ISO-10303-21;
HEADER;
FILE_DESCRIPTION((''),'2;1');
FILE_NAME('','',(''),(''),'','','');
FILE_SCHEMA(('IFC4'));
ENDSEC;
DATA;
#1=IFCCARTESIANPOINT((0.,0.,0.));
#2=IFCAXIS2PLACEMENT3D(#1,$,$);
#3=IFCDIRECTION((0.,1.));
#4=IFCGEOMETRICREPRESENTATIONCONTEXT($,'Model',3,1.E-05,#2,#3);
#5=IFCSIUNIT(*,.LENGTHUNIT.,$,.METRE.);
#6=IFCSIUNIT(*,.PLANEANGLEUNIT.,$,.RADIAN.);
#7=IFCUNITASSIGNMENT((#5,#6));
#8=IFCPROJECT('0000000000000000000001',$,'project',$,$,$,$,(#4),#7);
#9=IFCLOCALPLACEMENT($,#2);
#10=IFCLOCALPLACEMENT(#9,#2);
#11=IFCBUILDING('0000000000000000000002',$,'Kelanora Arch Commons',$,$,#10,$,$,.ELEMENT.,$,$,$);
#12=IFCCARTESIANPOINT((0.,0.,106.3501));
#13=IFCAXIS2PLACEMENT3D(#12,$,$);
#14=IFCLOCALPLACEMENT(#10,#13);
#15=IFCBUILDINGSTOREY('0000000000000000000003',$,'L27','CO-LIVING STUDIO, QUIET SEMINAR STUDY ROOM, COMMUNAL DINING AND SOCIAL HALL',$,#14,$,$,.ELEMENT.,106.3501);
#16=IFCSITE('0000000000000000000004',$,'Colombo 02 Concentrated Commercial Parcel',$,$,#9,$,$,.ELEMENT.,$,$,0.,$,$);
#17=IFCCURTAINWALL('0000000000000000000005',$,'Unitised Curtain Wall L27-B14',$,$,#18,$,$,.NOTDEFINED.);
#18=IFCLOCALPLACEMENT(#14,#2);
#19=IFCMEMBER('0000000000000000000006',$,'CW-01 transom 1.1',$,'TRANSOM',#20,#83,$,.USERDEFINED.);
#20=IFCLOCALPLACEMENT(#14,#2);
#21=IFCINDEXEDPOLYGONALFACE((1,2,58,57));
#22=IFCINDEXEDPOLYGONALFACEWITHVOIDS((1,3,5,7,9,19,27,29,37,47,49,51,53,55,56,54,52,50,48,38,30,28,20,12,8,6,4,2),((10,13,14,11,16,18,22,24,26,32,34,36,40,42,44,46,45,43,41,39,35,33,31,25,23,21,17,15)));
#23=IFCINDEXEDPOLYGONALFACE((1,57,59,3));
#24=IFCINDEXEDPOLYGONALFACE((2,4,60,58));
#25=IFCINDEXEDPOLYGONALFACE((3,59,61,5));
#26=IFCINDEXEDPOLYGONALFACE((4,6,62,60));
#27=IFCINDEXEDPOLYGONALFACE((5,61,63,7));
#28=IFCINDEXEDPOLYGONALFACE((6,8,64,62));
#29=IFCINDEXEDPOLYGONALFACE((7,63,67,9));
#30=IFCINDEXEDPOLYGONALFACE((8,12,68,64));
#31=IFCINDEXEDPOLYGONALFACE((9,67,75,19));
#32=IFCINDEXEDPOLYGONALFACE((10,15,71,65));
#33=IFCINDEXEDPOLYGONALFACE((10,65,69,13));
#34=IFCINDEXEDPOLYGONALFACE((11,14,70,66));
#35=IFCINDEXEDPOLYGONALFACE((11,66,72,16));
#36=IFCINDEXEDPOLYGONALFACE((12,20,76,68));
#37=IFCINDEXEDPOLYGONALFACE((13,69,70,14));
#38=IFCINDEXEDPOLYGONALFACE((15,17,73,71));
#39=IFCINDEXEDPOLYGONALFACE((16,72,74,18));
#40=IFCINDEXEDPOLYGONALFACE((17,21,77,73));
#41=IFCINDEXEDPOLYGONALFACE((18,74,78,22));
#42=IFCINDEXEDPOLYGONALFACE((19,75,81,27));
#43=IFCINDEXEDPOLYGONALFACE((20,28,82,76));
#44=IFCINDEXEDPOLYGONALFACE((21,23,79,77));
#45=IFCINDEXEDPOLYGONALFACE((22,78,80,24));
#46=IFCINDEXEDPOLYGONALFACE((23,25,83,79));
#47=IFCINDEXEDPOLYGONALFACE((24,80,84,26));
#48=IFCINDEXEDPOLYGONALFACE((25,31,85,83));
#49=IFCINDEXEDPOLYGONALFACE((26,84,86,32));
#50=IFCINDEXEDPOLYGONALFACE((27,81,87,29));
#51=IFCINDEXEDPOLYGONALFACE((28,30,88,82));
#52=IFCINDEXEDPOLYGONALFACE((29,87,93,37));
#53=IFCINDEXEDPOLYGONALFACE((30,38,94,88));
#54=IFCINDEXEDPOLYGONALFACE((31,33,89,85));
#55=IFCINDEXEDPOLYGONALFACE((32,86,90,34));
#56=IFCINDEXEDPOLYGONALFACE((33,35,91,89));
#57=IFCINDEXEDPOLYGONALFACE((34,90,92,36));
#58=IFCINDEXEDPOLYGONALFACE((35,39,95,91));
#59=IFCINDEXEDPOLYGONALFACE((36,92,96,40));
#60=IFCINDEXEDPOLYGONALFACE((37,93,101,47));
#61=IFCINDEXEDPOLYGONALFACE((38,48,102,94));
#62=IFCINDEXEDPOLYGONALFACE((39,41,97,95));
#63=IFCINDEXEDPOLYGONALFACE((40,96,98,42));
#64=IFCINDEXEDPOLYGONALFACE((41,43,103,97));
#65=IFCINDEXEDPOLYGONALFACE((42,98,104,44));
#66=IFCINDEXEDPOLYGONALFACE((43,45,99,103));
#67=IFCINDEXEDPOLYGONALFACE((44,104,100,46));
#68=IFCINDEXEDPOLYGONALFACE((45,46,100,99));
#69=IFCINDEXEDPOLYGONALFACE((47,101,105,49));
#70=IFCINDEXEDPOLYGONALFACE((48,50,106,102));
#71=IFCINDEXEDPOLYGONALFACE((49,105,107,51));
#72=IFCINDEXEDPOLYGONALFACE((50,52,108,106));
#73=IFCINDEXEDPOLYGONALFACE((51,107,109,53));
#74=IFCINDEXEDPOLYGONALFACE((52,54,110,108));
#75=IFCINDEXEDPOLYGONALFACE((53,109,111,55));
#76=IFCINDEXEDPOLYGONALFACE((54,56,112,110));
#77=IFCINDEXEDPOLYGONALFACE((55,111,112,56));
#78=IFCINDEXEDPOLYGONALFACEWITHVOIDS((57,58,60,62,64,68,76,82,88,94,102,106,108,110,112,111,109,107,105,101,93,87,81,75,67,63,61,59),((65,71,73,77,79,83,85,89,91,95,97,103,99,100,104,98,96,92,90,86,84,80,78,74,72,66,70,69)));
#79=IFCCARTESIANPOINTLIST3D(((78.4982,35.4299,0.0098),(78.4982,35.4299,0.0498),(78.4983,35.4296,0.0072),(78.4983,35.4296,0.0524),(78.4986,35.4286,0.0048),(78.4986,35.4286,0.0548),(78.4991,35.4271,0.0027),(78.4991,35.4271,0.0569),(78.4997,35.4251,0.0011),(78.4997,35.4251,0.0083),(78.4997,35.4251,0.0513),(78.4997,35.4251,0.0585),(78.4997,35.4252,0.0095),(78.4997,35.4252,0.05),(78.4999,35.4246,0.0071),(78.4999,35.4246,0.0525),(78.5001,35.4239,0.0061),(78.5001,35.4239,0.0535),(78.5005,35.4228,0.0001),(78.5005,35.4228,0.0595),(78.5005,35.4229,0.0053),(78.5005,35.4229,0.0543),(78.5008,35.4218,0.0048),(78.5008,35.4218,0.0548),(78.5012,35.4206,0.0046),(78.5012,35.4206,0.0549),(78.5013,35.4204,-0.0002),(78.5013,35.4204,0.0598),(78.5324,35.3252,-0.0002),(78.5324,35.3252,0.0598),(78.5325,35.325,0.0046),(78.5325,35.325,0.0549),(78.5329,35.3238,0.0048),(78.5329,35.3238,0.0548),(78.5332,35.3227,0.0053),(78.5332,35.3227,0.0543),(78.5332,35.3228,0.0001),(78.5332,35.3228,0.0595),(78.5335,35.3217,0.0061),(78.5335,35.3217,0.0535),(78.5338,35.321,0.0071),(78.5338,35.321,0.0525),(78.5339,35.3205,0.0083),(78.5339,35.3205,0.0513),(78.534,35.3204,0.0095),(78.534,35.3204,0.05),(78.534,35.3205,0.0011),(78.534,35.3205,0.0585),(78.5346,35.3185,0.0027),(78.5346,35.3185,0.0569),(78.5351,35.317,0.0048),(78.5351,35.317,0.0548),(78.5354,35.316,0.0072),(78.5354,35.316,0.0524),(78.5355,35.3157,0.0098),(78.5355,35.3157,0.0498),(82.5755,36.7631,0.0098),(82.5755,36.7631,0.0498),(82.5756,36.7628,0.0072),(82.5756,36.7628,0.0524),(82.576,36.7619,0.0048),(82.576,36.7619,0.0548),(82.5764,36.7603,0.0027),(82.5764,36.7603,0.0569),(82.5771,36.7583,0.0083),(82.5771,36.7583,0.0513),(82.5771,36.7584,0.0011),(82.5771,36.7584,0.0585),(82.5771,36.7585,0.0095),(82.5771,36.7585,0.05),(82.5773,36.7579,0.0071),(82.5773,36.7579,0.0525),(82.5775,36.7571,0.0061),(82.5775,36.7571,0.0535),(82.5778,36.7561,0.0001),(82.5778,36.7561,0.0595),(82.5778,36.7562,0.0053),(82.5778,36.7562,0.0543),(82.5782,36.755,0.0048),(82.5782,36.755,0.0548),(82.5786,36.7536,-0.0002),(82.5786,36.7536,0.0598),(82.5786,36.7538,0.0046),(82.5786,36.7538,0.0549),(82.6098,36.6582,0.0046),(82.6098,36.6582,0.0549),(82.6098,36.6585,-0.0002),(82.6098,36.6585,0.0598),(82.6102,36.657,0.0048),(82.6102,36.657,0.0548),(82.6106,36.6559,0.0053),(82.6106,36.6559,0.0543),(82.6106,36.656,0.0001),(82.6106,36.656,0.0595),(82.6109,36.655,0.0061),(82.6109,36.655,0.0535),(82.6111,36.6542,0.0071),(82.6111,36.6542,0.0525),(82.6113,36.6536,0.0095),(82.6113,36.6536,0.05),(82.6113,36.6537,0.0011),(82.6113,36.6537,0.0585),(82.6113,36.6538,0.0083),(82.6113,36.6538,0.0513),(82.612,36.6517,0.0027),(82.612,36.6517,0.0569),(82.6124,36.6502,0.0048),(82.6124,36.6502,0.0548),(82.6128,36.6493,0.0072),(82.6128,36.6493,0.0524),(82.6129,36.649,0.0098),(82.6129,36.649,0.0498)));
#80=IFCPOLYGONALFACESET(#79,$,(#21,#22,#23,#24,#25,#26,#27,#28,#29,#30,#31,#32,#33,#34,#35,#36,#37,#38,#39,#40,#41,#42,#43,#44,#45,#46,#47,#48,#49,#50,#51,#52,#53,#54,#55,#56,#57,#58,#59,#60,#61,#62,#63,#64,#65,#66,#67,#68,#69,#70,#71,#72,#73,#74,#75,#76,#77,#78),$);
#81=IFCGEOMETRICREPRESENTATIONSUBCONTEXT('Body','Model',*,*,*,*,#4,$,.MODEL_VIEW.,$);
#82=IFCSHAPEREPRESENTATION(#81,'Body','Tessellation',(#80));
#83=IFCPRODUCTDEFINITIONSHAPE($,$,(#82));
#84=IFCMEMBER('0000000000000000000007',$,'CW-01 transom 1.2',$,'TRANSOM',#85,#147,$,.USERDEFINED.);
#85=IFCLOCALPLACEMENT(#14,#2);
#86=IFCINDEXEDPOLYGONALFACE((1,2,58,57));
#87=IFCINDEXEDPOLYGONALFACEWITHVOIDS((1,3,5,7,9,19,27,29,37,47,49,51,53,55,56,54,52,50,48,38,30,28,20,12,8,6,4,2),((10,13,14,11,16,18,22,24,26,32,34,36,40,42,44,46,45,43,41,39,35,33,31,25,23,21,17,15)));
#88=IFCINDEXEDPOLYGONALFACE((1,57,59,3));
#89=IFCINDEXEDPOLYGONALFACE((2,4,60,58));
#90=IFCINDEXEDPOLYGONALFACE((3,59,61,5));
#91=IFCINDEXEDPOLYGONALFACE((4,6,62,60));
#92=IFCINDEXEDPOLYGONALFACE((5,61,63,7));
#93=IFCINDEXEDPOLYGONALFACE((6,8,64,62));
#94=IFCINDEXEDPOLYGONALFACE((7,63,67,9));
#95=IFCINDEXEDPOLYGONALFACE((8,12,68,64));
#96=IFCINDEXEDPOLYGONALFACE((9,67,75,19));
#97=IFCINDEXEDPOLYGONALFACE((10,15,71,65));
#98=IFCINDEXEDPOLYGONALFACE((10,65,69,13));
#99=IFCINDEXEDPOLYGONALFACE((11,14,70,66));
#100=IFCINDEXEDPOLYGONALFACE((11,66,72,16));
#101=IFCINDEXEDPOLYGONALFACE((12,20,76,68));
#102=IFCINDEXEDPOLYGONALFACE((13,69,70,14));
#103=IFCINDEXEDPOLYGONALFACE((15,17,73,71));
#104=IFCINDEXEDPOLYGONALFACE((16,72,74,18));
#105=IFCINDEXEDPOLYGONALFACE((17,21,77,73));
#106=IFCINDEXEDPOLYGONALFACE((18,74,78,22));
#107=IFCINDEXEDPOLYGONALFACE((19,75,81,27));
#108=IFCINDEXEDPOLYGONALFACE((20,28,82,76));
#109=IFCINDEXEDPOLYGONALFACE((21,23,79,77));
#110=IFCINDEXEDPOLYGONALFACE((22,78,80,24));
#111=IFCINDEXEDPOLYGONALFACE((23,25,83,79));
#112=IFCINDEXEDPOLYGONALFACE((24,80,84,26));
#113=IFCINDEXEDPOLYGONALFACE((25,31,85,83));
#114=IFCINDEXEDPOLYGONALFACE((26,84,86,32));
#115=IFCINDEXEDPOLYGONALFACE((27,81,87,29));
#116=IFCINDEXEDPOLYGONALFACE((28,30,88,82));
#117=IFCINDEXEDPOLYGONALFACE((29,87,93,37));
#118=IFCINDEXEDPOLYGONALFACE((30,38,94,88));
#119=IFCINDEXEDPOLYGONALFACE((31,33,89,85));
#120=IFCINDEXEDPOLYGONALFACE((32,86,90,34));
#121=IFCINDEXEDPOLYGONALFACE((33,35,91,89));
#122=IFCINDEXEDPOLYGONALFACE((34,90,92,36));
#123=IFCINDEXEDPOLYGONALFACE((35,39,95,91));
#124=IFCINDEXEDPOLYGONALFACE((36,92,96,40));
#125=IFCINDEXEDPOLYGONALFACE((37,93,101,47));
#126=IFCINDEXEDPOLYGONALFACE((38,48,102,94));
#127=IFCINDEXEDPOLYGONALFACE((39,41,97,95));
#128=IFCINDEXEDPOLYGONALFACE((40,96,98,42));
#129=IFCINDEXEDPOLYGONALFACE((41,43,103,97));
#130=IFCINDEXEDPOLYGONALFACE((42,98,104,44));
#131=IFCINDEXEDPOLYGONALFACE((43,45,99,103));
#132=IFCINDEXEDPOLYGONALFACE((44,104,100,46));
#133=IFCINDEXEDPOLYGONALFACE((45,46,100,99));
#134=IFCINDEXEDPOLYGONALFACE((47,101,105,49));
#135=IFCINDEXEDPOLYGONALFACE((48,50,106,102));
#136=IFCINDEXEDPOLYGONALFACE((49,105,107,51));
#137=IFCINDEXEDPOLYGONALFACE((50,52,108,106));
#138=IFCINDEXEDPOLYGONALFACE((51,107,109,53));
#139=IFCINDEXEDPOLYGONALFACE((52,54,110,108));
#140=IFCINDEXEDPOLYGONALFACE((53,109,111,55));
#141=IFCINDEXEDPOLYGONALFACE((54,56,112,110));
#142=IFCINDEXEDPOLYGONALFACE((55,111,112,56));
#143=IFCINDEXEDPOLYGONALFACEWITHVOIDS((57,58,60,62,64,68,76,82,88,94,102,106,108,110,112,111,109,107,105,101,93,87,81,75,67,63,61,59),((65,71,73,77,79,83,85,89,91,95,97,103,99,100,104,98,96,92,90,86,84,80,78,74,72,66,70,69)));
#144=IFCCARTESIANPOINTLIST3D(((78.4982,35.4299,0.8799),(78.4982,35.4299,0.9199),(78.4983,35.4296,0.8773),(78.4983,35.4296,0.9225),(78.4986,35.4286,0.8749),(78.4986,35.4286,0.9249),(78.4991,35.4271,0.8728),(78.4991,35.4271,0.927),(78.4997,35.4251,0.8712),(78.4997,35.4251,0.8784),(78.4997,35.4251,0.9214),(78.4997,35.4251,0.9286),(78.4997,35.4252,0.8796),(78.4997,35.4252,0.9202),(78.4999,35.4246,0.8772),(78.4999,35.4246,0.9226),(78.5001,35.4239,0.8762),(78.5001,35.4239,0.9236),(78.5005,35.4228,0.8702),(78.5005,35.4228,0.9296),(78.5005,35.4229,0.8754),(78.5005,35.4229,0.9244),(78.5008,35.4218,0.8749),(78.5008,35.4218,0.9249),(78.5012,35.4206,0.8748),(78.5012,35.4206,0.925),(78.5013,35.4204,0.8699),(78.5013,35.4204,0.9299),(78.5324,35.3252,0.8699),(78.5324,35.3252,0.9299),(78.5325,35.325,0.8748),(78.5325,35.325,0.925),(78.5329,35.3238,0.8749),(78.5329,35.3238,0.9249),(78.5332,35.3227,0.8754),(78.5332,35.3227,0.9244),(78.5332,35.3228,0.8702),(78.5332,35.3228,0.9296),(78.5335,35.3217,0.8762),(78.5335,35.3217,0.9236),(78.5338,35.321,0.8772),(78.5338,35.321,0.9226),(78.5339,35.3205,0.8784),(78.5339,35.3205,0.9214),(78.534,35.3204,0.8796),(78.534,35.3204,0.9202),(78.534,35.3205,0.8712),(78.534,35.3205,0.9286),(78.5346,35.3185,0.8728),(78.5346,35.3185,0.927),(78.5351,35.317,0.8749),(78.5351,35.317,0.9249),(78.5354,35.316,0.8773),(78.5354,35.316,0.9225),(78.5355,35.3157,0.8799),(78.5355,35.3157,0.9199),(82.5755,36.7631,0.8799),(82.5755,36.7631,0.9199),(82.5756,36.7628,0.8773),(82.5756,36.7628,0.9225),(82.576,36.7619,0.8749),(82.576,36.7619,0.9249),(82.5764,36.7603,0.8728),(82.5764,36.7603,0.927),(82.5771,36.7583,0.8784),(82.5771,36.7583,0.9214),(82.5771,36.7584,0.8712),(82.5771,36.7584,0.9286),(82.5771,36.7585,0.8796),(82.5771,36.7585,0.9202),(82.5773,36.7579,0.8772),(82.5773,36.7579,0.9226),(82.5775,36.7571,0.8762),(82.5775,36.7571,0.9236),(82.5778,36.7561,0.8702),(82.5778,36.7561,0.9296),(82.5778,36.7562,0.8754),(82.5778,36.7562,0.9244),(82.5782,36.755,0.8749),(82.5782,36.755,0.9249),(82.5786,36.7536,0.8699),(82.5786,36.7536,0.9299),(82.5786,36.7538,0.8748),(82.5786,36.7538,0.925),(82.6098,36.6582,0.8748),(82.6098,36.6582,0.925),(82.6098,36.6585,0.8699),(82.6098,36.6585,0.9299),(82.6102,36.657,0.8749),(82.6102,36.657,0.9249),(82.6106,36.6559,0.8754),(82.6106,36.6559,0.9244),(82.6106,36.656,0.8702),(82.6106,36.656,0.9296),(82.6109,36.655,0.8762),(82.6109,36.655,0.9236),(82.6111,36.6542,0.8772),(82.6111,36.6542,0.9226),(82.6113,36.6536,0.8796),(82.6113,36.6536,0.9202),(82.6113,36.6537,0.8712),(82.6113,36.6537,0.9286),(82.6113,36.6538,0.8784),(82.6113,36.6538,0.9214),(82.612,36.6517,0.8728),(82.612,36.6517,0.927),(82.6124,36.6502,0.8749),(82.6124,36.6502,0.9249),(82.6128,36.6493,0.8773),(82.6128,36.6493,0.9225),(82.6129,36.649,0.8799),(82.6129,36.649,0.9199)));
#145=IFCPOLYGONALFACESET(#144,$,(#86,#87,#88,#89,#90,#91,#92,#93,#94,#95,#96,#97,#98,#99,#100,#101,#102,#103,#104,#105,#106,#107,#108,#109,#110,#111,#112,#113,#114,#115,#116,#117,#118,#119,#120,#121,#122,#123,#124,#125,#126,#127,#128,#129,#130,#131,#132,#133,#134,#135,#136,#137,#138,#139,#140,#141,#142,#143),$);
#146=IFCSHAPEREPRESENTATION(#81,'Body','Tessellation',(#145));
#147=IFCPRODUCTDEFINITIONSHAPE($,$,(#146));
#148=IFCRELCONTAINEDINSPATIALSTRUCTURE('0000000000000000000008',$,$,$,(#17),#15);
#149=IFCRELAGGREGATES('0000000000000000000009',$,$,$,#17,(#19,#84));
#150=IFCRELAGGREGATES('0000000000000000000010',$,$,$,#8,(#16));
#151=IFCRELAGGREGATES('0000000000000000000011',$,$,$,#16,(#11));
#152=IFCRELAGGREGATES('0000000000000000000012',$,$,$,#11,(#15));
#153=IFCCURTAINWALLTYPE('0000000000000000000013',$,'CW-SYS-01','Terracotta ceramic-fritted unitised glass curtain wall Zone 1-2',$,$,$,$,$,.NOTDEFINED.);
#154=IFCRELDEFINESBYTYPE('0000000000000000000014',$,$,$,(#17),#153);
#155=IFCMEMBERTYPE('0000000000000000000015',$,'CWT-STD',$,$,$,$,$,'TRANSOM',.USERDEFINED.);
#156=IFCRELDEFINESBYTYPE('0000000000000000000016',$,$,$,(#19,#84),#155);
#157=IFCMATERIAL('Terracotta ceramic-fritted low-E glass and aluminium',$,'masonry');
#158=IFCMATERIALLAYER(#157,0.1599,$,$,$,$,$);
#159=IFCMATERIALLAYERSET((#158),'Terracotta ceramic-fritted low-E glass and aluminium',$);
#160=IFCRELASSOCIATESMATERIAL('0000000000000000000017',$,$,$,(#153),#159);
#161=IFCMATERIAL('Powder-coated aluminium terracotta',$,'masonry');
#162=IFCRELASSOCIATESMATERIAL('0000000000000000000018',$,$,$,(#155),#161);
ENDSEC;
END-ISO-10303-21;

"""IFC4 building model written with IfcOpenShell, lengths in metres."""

from ifc_helpers import new_model, si_unit, direction, frame, origin, origin_2d, place, context, subcontext, project, spatial, hollow_rectangle, extrude, material, layer, layer_set, material_profile, profile_set, type_object, element, aggregate, save


model = new_model("IFC4")

# Units and contexts
model_context = context("Model", 3, precision=1e-05, world=origin(), true_north=direction((0.0, 1.0)))
body_context = subcontext(model_context, "Body", "Model", "MODEL_VIEW")
ifc_project = project(units=[si_unit("LENGTHUNIT", "METRE"), si_unit("PLANEANGLEUNIT", "RADIAN")], contexts=[model_context])

# Site, building, storey
site_placement = place(None, origin())
site = spatial("IfcSite", under=ifc_project, at=site_placement, Name="Colombo 02 Concentrated Commercial Parcel", CompositionType="ELEMENT", RefElevation=0.0)
building_placement = place(site_placement, origin())
building = spatial("IfcBuilding", under=site, at=building_placement, Name="Kelanora Arch Commons", CompositionType="ELEMENT")
storey_placement = place(building_placement, frame((0.0, 0.0, 106.3501)))
storey = spatial("IfcBuildingStorey", under=building, at=storey_placement, Name="L27", Description="CO-LIVING STUDIO, QUIET SEMINAR STUDY ROOM, COMMUNAL DINING AND SOCIAL HALL", CompositionType="ELEMENT", Elevation=106.3501)

# Curtain wall, members
ifc_material_1 = material(Name="Terracotta ceramic-fritted low-E glass and aluminium", Category="masonry")
ifc_layer_1 = layer(ifc_material_1, 0.1599)
ifc_layer_set_1 = layer_set([ifc_layer_1], Name="Terracotta ceramic-fritted low-E glass and aluminium")
curtain_wall_type = type_object("IfcCurtainWallType", Name="CW-SYS-01", Description="Terracotta ceramic-fritted unitised glass curtain wall Zone 1-2", PredefinedType="NOTDEFINED", material=ifc_layer_set_1)
curtain_wall_placement = place(storey_placement, origin())
curtain_wall = element("IfcCurtainWall", 1, at=curtain_wall_placement, inside=storey, type_object=curtain_wall_type, Name="Unitised Curtain Wall L27-B14", PredefinedType="NOTDEFINED")
ifc_material_2 = material(Name="Powder-coated aluminium terracotta", Category="masonry")
ifc_material_profile_1 = material_profile(ifc_material_2, hollow_rectangle(XDim=0.1201, YDim=0.0601, WallThickness=0.0049, InnerFilletRadius=0.0049, OuterFilletRadius=0.01, at=origin_2d()), Name="CWT120x60")
ifc_profile_set_1 = profile_set([ifc_material_profile_1], Name="Powder-coated aluminium terracotta")
member_type_1 = type_object("IfcMemberType", Name="CWT-STD", ElementType="TRANSOM", PredefinedType="USERDEFINED", material=ifc_profile_set_1)
member_1_placement = place(storey_placement, frame((78.5168, 35.3728, 0.0298), z_axis=(0.950478, 0.310793, 0.0), x_axis=(-0.310793, 0.950478, 0.0)))
member_1 = element("IfcMember", 2, at=member_1_placement, type_object=member_type_1, Name="CW-01 transom 1.1", ObjectType="TRANSOM", PredefinedType="USERDEFINED", context=body_context, shape_type="SweptSolid", body=[
    extrude(hollow_rectangle(XDim=0.1201, YDim=0.0601, WallThickness=0.0049, InnerFilletRadius=0.0049, OuterFilletRadius=0.01, at=origin_2d()), origin(), (0.0, 0.0, 1.0), 4.2898),
])
member_2_placement = place(storey_placement, frame((78.5168, 35.3728, 0.8999), z_axis=(0.950478, 0.310793, 0.0), x_axis=(-0.310793, 0.950478, 0.0)))
member_2 = element("IfcMember", 3, at=member_2_placement, type_object=member_type_1, Name="CW-01 transom 1.2", ObjectType="TRANSOM", PredefinedType="USERDEFINED", context=body_context, shape_type="SweptSolid", body=[
    extrude(hollow_rectangle(XDim=0.1201, YDim=0.0601, WallThickness=0.0049, InnerFilletRadius=0.0049, OuterFilletRadius=0.01, at=origin_2d()), origin(), (0.0, 0.0, 1.0), 4.2898),
])
aggregate(curtain_wall, [member_1, member_2])

save(model, "model.ifc")
